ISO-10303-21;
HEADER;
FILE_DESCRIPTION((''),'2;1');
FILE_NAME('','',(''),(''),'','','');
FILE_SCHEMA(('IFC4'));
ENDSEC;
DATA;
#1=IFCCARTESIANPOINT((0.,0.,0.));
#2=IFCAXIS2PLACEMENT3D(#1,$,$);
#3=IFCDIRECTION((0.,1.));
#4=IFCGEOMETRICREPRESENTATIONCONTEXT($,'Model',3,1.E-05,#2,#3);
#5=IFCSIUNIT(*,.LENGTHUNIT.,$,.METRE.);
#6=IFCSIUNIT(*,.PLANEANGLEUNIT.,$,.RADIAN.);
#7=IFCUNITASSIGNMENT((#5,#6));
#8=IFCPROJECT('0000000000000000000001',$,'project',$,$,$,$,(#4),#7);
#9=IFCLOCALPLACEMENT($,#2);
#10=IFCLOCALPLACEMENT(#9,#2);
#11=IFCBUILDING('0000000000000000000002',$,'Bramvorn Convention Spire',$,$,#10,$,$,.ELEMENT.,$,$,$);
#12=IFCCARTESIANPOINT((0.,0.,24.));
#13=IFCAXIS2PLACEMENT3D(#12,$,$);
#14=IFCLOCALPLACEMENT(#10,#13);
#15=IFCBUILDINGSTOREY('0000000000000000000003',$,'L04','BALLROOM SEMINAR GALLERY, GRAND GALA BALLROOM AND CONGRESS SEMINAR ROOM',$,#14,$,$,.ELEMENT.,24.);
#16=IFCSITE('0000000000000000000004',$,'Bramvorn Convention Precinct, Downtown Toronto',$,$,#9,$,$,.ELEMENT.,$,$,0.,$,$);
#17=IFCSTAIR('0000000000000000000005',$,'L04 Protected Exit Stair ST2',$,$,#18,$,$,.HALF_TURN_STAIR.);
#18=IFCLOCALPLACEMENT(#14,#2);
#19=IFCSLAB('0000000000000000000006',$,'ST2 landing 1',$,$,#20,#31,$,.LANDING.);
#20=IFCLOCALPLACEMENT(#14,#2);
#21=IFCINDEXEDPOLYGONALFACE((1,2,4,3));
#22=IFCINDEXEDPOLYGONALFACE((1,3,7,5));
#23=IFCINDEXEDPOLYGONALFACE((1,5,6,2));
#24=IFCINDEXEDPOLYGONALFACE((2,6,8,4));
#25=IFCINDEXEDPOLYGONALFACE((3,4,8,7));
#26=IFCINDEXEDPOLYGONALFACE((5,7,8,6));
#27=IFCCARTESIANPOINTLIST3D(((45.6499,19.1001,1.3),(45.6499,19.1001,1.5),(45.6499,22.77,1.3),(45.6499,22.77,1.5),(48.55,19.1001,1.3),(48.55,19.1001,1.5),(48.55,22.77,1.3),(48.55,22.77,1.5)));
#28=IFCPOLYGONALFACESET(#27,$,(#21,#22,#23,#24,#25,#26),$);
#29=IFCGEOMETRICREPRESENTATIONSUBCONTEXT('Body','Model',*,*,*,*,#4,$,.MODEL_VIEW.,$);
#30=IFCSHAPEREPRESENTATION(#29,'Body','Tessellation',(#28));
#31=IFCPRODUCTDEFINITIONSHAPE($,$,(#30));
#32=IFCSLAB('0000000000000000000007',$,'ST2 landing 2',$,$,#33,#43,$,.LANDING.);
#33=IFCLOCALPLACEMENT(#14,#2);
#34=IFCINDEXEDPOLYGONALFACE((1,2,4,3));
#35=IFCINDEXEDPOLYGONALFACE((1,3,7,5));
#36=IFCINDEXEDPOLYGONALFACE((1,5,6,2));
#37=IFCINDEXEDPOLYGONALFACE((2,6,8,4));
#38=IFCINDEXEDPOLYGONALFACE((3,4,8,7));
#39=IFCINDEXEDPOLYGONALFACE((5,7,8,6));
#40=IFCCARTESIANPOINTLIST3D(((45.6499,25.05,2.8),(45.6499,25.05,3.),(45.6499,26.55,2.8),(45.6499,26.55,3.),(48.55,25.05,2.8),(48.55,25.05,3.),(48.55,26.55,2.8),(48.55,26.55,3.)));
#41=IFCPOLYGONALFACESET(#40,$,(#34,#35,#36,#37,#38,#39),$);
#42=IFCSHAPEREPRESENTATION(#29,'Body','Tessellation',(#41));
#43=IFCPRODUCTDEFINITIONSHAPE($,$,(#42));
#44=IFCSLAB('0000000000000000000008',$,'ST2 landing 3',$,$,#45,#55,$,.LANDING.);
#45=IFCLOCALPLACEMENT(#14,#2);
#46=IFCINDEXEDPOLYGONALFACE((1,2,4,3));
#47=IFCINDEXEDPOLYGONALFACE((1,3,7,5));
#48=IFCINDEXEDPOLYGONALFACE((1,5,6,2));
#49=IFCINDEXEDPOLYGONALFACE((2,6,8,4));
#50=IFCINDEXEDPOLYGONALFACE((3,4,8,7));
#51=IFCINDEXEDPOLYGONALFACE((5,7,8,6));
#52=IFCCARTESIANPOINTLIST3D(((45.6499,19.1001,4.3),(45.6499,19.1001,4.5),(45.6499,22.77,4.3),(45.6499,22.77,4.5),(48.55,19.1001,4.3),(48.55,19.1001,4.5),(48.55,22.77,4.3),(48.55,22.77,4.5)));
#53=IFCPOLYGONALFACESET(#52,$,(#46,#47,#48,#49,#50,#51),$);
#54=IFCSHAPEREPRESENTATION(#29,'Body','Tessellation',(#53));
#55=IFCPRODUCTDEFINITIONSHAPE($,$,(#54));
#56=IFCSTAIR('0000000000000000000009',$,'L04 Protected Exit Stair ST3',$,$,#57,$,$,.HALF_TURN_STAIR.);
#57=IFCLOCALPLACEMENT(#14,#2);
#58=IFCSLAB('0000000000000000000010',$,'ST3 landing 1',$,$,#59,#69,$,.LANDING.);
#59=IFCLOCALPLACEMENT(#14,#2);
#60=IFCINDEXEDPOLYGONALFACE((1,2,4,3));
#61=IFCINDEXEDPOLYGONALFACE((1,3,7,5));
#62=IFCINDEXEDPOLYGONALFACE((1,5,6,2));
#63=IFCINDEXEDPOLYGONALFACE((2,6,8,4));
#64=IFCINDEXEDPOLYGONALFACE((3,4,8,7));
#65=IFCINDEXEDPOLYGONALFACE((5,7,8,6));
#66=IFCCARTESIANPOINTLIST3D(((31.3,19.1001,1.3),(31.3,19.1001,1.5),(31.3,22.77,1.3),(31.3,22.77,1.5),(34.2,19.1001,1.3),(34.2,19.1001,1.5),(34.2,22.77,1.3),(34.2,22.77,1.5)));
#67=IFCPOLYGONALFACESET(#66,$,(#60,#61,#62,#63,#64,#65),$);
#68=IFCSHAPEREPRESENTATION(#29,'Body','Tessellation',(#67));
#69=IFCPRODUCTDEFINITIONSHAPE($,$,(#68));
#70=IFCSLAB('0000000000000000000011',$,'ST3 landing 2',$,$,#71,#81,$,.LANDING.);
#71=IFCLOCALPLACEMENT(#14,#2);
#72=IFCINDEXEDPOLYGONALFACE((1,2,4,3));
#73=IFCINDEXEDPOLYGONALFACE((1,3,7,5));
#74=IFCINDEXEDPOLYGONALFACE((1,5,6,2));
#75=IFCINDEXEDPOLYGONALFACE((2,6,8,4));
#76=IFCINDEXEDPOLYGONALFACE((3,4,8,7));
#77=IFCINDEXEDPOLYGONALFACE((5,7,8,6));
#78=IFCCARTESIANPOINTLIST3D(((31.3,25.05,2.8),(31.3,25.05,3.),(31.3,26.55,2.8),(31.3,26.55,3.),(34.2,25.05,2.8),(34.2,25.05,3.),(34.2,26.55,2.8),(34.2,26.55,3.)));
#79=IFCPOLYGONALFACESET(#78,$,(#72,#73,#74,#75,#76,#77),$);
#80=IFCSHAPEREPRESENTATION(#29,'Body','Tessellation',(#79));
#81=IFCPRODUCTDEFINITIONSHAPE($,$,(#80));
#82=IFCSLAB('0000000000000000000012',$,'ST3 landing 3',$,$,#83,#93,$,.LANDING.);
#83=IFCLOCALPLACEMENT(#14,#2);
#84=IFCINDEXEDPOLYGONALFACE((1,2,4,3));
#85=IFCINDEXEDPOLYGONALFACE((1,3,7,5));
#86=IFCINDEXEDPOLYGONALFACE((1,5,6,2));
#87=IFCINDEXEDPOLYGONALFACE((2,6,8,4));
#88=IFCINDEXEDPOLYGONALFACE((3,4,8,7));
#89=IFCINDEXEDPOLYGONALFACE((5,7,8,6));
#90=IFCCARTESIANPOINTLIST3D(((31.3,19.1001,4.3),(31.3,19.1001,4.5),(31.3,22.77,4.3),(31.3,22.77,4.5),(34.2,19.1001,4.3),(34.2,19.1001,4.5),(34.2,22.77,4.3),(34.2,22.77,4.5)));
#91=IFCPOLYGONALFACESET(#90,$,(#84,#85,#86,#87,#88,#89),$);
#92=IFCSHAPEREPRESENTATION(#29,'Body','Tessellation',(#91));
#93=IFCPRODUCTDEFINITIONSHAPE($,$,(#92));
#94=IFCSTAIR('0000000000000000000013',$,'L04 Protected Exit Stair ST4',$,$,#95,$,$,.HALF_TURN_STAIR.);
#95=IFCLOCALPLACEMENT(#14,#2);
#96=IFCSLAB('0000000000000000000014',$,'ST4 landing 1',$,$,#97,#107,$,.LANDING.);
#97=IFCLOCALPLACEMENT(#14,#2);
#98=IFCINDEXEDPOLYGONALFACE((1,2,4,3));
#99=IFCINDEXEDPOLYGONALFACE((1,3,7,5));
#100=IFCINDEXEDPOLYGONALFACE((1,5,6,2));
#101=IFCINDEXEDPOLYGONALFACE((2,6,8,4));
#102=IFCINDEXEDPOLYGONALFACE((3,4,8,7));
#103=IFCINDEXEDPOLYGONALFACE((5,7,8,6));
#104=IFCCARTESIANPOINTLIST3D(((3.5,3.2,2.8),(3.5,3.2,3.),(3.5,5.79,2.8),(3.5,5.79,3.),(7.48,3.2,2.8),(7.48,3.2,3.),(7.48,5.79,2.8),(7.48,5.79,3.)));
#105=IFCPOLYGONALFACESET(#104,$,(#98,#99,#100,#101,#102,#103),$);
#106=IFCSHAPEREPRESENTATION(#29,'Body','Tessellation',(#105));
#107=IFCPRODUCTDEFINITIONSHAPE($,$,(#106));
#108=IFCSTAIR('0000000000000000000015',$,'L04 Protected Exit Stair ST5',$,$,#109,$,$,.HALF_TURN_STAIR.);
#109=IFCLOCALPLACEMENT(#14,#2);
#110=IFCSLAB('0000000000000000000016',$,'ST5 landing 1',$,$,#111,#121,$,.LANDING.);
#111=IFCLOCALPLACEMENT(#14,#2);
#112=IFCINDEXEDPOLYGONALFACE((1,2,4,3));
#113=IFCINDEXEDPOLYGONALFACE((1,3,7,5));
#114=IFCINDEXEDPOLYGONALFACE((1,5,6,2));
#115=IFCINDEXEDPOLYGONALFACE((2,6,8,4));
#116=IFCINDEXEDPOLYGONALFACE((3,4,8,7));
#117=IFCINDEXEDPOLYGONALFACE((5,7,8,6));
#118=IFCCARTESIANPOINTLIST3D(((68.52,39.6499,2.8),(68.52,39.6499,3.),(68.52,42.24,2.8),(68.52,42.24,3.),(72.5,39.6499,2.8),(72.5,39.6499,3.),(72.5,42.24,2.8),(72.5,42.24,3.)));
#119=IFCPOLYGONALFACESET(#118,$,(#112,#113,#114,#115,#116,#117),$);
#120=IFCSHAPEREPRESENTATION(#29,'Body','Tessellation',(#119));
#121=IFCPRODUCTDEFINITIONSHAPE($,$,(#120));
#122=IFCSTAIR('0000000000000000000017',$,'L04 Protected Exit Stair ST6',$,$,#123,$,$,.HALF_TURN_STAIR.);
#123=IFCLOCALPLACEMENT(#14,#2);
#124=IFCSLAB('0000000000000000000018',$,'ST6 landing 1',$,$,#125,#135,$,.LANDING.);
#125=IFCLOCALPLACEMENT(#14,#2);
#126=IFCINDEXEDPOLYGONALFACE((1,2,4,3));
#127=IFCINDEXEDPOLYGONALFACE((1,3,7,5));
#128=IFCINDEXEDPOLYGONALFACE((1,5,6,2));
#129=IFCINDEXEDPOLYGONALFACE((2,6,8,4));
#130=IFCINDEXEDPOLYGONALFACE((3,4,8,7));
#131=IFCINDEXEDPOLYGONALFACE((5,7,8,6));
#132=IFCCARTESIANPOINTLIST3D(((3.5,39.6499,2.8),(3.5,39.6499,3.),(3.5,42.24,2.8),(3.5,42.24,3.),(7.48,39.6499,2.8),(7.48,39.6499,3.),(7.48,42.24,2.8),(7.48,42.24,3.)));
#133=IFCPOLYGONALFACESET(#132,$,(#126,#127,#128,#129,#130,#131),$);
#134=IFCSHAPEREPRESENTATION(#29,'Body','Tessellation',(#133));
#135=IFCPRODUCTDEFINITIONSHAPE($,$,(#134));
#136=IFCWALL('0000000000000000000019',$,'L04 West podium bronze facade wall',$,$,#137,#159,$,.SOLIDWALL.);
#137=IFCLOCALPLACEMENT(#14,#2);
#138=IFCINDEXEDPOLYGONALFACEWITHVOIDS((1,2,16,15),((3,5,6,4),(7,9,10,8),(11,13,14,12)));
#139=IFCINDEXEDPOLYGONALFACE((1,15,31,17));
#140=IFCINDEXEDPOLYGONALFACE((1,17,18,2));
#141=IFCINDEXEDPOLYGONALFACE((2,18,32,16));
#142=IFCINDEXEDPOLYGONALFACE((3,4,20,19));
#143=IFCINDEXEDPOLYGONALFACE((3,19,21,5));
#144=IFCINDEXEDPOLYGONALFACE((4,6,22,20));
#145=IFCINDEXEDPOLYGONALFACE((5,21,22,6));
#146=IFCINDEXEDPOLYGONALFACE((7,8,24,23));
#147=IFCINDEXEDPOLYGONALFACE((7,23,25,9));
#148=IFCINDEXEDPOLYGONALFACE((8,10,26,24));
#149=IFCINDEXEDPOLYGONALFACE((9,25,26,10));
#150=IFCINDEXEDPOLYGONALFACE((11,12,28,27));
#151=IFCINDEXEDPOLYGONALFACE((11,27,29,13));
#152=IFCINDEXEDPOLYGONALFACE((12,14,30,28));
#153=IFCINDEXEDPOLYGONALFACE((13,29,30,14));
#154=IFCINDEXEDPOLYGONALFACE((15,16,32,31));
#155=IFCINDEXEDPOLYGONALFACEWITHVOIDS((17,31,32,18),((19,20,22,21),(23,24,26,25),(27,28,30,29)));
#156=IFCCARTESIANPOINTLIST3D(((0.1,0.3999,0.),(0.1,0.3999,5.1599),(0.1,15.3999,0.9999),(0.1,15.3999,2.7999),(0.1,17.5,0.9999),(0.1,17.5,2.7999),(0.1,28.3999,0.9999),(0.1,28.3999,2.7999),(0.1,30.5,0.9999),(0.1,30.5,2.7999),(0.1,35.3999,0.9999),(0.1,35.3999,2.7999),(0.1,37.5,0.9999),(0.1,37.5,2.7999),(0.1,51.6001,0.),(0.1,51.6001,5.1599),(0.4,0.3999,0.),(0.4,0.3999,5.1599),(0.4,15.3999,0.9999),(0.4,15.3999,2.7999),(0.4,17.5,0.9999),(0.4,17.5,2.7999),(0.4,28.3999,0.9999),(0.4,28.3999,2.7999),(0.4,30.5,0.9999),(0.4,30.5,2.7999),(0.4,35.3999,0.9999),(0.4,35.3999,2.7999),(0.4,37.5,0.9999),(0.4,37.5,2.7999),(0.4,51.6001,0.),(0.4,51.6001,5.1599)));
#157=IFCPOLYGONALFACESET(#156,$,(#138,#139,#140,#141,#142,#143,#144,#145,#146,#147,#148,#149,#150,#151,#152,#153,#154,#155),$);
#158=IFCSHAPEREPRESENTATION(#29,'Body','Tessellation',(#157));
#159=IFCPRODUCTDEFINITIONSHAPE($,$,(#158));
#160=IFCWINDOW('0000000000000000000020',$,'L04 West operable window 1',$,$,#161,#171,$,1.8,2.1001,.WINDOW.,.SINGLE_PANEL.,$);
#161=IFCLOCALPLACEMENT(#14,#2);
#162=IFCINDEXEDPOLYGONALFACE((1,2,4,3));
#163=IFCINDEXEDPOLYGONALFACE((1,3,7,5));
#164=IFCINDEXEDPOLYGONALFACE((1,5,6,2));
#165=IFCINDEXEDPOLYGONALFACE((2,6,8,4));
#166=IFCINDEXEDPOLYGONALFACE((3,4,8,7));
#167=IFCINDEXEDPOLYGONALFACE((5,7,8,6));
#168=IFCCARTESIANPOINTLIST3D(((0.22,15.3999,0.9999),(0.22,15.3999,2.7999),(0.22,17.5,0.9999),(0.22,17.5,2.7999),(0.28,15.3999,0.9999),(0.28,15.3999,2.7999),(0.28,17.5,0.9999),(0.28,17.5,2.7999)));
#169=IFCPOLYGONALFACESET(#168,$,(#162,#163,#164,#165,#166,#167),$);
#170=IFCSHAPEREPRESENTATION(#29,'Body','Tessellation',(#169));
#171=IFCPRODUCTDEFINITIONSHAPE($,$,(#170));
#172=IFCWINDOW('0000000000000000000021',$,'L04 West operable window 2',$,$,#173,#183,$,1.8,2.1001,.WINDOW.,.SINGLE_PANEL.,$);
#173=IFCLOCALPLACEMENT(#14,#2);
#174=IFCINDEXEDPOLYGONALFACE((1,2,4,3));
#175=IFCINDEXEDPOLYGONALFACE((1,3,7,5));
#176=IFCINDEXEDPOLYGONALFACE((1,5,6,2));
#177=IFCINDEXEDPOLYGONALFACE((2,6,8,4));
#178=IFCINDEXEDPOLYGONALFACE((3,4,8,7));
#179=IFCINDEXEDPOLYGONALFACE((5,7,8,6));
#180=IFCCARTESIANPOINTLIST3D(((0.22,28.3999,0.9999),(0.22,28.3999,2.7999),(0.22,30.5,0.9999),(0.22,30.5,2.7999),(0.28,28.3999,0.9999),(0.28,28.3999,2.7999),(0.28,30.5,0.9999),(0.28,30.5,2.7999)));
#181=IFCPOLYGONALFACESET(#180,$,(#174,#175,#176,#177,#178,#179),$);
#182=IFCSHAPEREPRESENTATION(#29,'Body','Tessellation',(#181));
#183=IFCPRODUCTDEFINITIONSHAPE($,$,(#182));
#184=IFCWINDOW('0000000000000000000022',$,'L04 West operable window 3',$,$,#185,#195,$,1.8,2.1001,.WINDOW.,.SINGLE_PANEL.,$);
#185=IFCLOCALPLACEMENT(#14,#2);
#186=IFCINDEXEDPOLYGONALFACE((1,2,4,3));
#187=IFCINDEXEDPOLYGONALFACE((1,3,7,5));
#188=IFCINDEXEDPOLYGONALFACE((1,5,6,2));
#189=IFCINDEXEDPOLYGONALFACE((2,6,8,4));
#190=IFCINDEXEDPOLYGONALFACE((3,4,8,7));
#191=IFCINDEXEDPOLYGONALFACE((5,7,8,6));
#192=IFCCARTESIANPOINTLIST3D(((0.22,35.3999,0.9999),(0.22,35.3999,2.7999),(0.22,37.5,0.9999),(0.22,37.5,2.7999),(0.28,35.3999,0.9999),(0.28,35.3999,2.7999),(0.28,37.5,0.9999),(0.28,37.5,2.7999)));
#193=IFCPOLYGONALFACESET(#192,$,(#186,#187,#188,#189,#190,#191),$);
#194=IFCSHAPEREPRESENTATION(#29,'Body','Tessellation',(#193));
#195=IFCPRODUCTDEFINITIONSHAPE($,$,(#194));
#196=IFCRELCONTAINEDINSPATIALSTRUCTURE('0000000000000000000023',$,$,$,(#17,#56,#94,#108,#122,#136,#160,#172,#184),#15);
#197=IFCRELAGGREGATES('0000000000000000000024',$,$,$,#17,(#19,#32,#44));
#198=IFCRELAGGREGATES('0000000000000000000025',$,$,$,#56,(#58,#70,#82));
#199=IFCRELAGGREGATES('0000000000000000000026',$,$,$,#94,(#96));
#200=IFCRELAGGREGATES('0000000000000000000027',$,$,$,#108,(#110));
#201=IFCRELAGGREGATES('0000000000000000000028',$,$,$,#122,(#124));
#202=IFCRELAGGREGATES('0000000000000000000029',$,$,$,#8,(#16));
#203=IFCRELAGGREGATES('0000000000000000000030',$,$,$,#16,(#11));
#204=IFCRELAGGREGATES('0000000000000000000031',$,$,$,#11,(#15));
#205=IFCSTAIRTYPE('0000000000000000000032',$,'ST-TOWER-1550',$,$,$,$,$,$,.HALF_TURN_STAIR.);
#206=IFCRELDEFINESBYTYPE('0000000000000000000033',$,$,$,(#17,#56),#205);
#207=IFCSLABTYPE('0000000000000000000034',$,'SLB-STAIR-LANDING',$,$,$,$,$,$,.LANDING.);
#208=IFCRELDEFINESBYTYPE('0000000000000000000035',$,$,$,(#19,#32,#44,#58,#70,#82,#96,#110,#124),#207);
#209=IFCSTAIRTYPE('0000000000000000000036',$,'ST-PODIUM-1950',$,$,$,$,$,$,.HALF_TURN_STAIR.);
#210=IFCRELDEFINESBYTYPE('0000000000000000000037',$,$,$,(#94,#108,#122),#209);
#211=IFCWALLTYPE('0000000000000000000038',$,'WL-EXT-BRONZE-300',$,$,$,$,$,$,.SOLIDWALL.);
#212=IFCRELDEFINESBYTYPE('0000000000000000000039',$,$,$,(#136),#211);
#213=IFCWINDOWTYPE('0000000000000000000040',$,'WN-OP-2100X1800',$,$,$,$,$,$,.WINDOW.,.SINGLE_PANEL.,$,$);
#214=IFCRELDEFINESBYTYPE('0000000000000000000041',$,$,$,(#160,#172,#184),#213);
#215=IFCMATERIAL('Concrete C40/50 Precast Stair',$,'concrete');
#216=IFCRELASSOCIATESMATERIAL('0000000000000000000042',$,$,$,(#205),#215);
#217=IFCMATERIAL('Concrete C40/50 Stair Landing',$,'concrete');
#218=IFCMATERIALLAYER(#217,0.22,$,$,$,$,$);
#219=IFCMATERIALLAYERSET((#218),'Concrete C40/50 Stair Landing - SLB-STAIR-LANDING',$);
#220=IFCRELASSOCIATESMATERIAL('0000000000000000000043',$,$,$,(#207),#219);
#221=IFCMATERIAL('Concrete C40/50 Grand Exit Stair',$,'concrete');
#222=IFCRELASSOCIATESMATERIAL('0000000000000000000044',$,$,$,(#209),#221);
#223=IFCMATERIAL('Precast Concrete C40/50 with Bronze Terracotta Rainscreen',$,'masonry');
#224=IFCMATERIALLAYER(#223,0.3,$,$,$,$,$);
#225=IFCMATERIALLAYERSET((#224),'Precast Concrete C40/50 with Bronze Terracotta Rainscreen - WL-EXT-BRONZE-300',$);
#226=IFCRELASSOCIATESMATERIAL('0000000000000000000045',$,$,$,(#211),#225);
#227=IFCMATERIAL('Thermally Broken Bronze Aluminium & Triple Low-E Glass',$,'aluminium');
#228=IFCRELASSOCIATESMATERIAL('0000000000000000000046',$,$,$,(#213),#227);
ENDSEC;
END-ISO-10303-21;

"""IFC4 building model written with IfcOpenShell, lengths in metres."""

from ifc_helpers import new_model, si_unit, direction, frame, frame_2d, origin, place, context, subcontext, project, spatial, polyline, rectangle, outline, extrude, material, layer, layer_set, type_object, element, fill, aggregate, save


model = new_model("IFC4")

# Units and contexts
model_context = context("Model", 3, precision=1e-05, world=origin(), true_north=direction((0.0, 1.0)))
body_context = subcontext(model_context, "Body", "Model", "MODEL_VIEW")
ifc_project = project(units=[si_unit("LENGTHUNIT", "METRE"), si_unit("PLANEANGLEUNIT", "RADIAN")], contexts=[model_context])

# Site, building, storey
site_placement = place(None, origin())
site = spatial("IfcSite", under=ifc_project, at=site_placement, Name="Bramvorn Convention Precinct, Downtown Toronto", CompositionType="ELEMENT", RefElevation=0.0)
building_placement = place(site_placement, origin())
building = spatial("IfcBuilding", under=site, at=building_placement, Name="Bramvorn Convention Spire", CompositionType="ELEMENT")
storey_placement = place(building_placement, frame((0.0, 0.0, 24.0)))
storey = spatial("IfcBuildingStorey", under=building, at=storey_placement, Name="L04", Description="BALLROOM SEMINAR GALLERY, GRAND GALA BALLROOM AND CONGRESS SEMINAR ROOM", CompositionType="ELEMENT", Elevation=24.0)

# Stairs, slabs
ifc_material_1 = material(Name="Concrete C40/50 Precast Stair", Category="concrete")
stair_type_1 = type_object("IfcStairType", Name="ST-TOWER-1550", PredefinedType="HALF_TURN_STAIR", material=ifc_material_1)
ifc_material_2 = material(Name="Concrete C40/50 Stair Landing", Category="concrete")
ifc_layer_1 = layer(ifc_material_2, 0.22)
ifc_layer_set_1 = layer_set([ifc_layer_1], Name="Concrete C40/50 Stair Landing - SLB-STAIR-LANDING")
slab_type_1 = type_object("IfcSlabType", Name="SLB-STAIR-LANDING", PredefinedType="LANDING", material=ifc_layer_set_1)
stair_1_placement = place(storey_placement, origin())
stair_1 = element("IfcStair", 1, at=stair_1_placement, inside=storey, type_object=stair_type_1, Name="L04 Protected Exit Stair ST2", PredefinedType="HALF_TURN_STAIR")
slab_1_placement = place(storey_placement, frame((0.0, 0.0, 1.3)))
slab_1 = element("IfcSlab", 2, at=slab_1_placement, type_object=slab_type_1, Name="ST2 landing 1", PredefinedType="LANDING", context=body_context, shape_type="SweptSolid", body=[
    extrude(outline(polyline([(45.6499, 22.77), (45.6499, 19.1001), (48.55, 19.1001), (48.55, 22.77), (45.6499, 22.77)])), origin(), (0.0, 0.0, 1.0), 0.2),
])
slab_2_placement = place(storey_placement, frame((0.0, 0.0, 2.8)))
slab_2 = element("IfcSlab", 3, at=slab_2_placement, type_object=slab_type_1, Name="ST2 landing 2", PredefinedType="LANDING", context=body_context, shape_type="SweptSolid", body=[
    extrude(outline(polyline([(45.6499, 26.55), (45.6499, 25.05), (48.55, 25.05), (48.55, 26.55), (45.6499, 26.55)])), origin(), (0.0, 0.0, 1.0), 0.2),
])
slab_3_placement = place(storey_placement, frame((0.0, 0.0, 4.3)))
slab_3 = element("IfcSlab", 4, at=slab_3_placement, type_object=slab_type_1, Name="ST2 landing 3", PredefinedType="LANDING", context=body_context, shape_type="SweptSolid", body=[
    extrude(outline(polyline([(45.6499, 22.77), (45.6499, 19.1001), (48.55, 19.1001), (48.55, 22.77), (45.6499, 22.77)])), origin(), (0.0, 0.0, 1.0), 0.2),
])
aggregate(stair_1, [slab_1, slab_2, slab_3])
stair_2_placement = place(storey_placement, origin())
stair_2 = element("IfcStair", 5, at=stair_2_placement, inside=storey, type_object=stair_type_1, Name="L04 Protected Exit Stair ST3", PredefinedType="HALF_TURN_STAIR")
slab_4_placement = place(storey_placement, frame((0.0, 0.0, 1.3)))
slab_4 = element("IfcSlab", 6, at=slab_4_placement, type_object=slab_type_1, Name="ST3 landing 1", PredefinedType="LANDING", context=body_context, shape_type="SweptSolid", body=[
    extrude(outline(polyline([(31.3, 22.77), (31.3, 19.1001), (34.2, 19.1001), (34.2, 22.77), (31.3, 22.77)])), origin(), (0.0, 0.0, 1.0), 0.2),
])
slab_5_placement = place(storey_placement, frame((0.0, 0.0, 2.8)))
slab_5 = element("IfcSlab", 7, at=slab_5_placement, type_object=slab_type_1, Name="ST3 landing 2", PredefinedType="LANDING", context=body_context, shape_type="SweptSolid", body=[
    extrude(outline(polyline([(31.3, 26.55), (31.3, 25.05), (34.2, 25.05), (34.2, 26.55), (31.3, 26.55)])), origin(), (0.0, 0.0, 1.0), 0.2),
])
slab_6_placement = place(storey_placement, frame((0.0, 0.0, 4.3)))
slab_6 = element("IfcSlab", 8, at=slab_6_placement, type_object=slab_type_1, Name="ST3 landing 3", PredefinedType="LANDING", context=body_context, shape_type="SweptSolid", body=[
    extrude(outline(polyline([(31.3, 22.77), (31.3, 19.1001), (34.2, 19.1001), (34.2, 22.77), (31.3, 22.77)])), origin(), (0.0, 0.0, 1.0), 0.2),
])
aggregate(stair_2, [slab_4, slab_5, slab_6])

# Stairs, slabs
ifc_material_3 = material(Name="Concrete C40/50 Grand Exit Stair", Category="concrete")
stair_type_2 = type_object("IfcStairType", Name="ST-PODIUM-1950", PredefinedType="HALF_TURN_STAIR", material=ifc_material_3)
stair_3_placement = place(storey_placement, origin())
stair_3 = element("IfcStair", 9, at=stair_3_placement, inside=storey, type_object=stair_type_2, Name="L04 Protected Exit Stair ST4", PredefinedType="HALF_TURN_STAIR")
slab_7_placement = place(storey_placement, frame((0.0, 0.0, 2.8)))
slab_7 = element("IfcSlab", 10, at=slab_7_placement, type_object=slab_type_1, Name="ST4 landing 1", PredefinedType="LANDING", context=body_context, shape_type="SweptSolid", body=[
    extrude(outline(polyline([(3.5, 5.79), (3.5, 3.2), (7.48, 3.2), (7.48, 5.79), (3.5, 5.79)])), origin(), (0.0, 0.0, 1.0), 0.2),
])
aggregate(stair_3, [slab_7])
stair_4_placement = place(storey_placement, origin())
stair_4 = element("IfcStair", 11, at=stair_4_placement, inside=storey, type_object=stair_type_2, Name="L04 Protected Exit Stair ST5", PredefinedType="HALF_TURN_STAIR")
slab_8_placement = place(storey_placement, frame((0.0, 0.0, 2.8)))
slab_8 = element("IfcSlab", 12, at=slab_8_placement, type_object=slab_type_1, Name="ST5 landing 1", PredefinedType="LANDING", context=body_context, shape_type="SweptSolid", body=[
    extrude(outline(polyline([(68.52, 42.24), (68.52, 39.6499), (72.5, 39.6499), (72.5, 42.24), (68.52, 42.24)])), origin(), (0.0, 0.0, 1.0), 0.2),
])
aggregate(stair_4, [slab_8])
stair_5_placement = place(storey_placement, origin())
stair_5 = element("IfcStair", 13, at=stair_5_placement, inside=storey, type_object=stair_type_2, Name="L04 Protected Exit Stair ST6", PredefinedType="HALF_TURN_STAIR")
slab_9_placement = place(storey_placement, frame((0.0, 0.0, 2.8)))
slab_9 = element("IfcSlab", 14, at=slab_9_placement, type_object=slab_type_1, Name="ST6 landing 1", PredefinedType="LANDING", context=body_context, shape_type="SweptSolid", body=[
    extrude(outline(polyline([(3.5, 42.24), (3.5, 39.6499), (7.48, 39.6499), (7.48, 42.24), (3.5, 42.24)])), origin(), (0.0, 0.0, 1.0), 0.2),
])
aggregate(stair_5, [slab_9])

# Wall, openings, windows
ifc_material_4 = material(Name="Precast Concrete C40/50 with Bronze Terracotta Rainscreen", Category="masonry")
ifc_layer_2 = layer(ifc_material_4, 0.3)
ifc_layer_set_2 = layer_set([ifc_layer_2], Name="Precast Concrete C40/50 with Bronze Terracotta Rainscreen - WL-EXT-BRONZE-300")
wall_type_1 = type_object("IfcWallType", Name="WL-EXT-BRONZE-300", PredefinedType="SOLIDWALL", material=ifc_layer_set_2)
wall_1_placement = place(storey_placement, frame((0.25, 0.3999, 0.0), z_axis=(0.0, 0.0, 1.0), x_axis=(0.0, 1.0, 0.0)))
wall_1 = element("IfcWall", 15, at=wall_1_placement, inside=storey, type_object=wall_type_1, Name="L04 West podium bronze facade wall", PredefinedType="SOLIDWALL", context=body_context, shape_type="SweptSolid", body=[
    extrude(rectangle(XDim=51.2002, YDim=0.3, at=frame_2d((25.6001, 0.0))), origin(), (0.0, 0.0, 1.0), 5.1599),
])
opening_1_placement = place(wall_1_placement, frame((15.0, 0.0, 1.0)))
opening_1 = element("IfcOpeningElement", 16, at=opening_1_placement, cuts=wall_1, PredefinedType="OPENING", context=body_context, shape_type="SweptSolid", body=[
    extrude(rectangle(XDim=2.1001, YDim=1.8, at=frame_2d((1.05, 0.8999))), frame((0.0, 0.1599, 0.0), z_axis=(0.0, -1.0, 0.0), x_axis=(1.0, 0.0, 0.0)), (0.0, 0.0, 1.0), 0.3201),
])
opening_2_placement = place(wall_1_placement, frame((28.0, 0.0, 1.0)))
opening_2 = element("IfcOpeningElement", 17, at=opening_2_placement, cuts=wall_1, PredefinedType="OPENING", context=body_context, shape_type="SweptSolid", body=[
    extrude(rectangle(XDim=2.1001, YDim=1.8, at=frame_2d((1.05, 0.8999))), frame((0.0, 0.1599, 0.0), z_axis=(0.0, -1.0, 0.0), x_axis=(1.0, 0.0, 0.0)), (0.0, 0.0, 1.0), 0.3201),
])
opening_3_placement = place(wall_1_placement, frame((35.0, 0.0, 1.0)))
opening_3 = element("IfcOpeningElement", 18, at=opening_3_placement, cuts=wall_1, PredefinedType="OPENING", context=body_context, shape_type="SweptSolid", body=[
    extrude(rectangle(XDim=2.1001, YDim=1.8, at=frame_2d((1.05, 0.8999))), frame((0.0, 0.1599, 0.0), z_axis=(0.0, -1.0, 0.0), x_axis=(1.0, 0.0, 0.0)), (0.0, 0.0, 1.0), 0.3201),
])
ifc_material_5 = material(Name="Thermally Broken Bronze Aluminium & Triple Low-E Glass", Category="aluminium")
window_type = type_object("IfcWindowType", Name="WN-OP-2100X1800", PartitioningType="SINGLE_PANEL", PredefinedType="WINDOW", material=ifc_material_5)
window_1_placement = place(opening_1_placement, origin())
window_1 = element("IfcWindow", 19, at=window_1_placement, inside=storey, type_object=window_type, Name="L04 West operable window 1", OverallHeight=1.8, OverallWidth=2.1001, PartitioningType="SINGLE_PANEL", PredefinedType="WINDOW", context=body_context, shape_type="SweptSolid", body=[
    extrude(rectangle(XDim=2.1001, YDim=1.8, at=frame_2d((1.05, 0.8999))), frame((0.0, 0.03, 0.0), z_axis=(0.0, -1.0, 0.0), x_axis=(1.0, 0.0, 0.0)), (0.0, 0.0, 1.0), 0.0601),
])
fill(opening_1, window_1)
window_2_placement = place(opening_2_placement, origin())
window_2 = element("IfcWindow", 20, at=window_2_placement, inside=storey, type_object=window_type, Name="L04 West operable window 2", OverallHeight=1.8, OverallWidth=2.1001, PartitioningType="SINGLE_PANEL", PredefinedType="WINDOW", context=body_context, shape_type="SweptSolid", body=[
    extrude(rectangle(XDim=2.1001, YDim=1.8, at=frame_2d((1.05, 0.8999))), frame((0.0, 0.03, 0.0), z_axis=(0.0, -1.0, 0.0), x_axis=(1.0, 0.0, 0.0)), (0.0, 0.0, 1.0), 0.0601),
])
fill(opening_2, window_2)
window_3_placement = place(opening_3_placement, origin())
window_3 = element("IfcWindow", 21, at=window_3_placement, inside=storey, type_object=window_type, Name="L04 West operable window 3", OverallHeight=1.8, OverallWidth=2.1001, PartitioningType="SINGLE_PANEL", PredefinedType="WINDOW", context=body_context, shape_type="SweptSolid", body=[
    extrude(rectangle(XDim=2.1001, YDim=1.8, at=frame_2d((1.05, 0.8999))), frame((0.0, 0.03, 0.0), z_axis=(0.0, -1.0, 0.0), x_axis=(1.0, 0.0, 0.0)), (0.0, 0.0, 1.0), 0.0601),
])
fill(opening_3, window_3)

save(model, "model.ifc")
